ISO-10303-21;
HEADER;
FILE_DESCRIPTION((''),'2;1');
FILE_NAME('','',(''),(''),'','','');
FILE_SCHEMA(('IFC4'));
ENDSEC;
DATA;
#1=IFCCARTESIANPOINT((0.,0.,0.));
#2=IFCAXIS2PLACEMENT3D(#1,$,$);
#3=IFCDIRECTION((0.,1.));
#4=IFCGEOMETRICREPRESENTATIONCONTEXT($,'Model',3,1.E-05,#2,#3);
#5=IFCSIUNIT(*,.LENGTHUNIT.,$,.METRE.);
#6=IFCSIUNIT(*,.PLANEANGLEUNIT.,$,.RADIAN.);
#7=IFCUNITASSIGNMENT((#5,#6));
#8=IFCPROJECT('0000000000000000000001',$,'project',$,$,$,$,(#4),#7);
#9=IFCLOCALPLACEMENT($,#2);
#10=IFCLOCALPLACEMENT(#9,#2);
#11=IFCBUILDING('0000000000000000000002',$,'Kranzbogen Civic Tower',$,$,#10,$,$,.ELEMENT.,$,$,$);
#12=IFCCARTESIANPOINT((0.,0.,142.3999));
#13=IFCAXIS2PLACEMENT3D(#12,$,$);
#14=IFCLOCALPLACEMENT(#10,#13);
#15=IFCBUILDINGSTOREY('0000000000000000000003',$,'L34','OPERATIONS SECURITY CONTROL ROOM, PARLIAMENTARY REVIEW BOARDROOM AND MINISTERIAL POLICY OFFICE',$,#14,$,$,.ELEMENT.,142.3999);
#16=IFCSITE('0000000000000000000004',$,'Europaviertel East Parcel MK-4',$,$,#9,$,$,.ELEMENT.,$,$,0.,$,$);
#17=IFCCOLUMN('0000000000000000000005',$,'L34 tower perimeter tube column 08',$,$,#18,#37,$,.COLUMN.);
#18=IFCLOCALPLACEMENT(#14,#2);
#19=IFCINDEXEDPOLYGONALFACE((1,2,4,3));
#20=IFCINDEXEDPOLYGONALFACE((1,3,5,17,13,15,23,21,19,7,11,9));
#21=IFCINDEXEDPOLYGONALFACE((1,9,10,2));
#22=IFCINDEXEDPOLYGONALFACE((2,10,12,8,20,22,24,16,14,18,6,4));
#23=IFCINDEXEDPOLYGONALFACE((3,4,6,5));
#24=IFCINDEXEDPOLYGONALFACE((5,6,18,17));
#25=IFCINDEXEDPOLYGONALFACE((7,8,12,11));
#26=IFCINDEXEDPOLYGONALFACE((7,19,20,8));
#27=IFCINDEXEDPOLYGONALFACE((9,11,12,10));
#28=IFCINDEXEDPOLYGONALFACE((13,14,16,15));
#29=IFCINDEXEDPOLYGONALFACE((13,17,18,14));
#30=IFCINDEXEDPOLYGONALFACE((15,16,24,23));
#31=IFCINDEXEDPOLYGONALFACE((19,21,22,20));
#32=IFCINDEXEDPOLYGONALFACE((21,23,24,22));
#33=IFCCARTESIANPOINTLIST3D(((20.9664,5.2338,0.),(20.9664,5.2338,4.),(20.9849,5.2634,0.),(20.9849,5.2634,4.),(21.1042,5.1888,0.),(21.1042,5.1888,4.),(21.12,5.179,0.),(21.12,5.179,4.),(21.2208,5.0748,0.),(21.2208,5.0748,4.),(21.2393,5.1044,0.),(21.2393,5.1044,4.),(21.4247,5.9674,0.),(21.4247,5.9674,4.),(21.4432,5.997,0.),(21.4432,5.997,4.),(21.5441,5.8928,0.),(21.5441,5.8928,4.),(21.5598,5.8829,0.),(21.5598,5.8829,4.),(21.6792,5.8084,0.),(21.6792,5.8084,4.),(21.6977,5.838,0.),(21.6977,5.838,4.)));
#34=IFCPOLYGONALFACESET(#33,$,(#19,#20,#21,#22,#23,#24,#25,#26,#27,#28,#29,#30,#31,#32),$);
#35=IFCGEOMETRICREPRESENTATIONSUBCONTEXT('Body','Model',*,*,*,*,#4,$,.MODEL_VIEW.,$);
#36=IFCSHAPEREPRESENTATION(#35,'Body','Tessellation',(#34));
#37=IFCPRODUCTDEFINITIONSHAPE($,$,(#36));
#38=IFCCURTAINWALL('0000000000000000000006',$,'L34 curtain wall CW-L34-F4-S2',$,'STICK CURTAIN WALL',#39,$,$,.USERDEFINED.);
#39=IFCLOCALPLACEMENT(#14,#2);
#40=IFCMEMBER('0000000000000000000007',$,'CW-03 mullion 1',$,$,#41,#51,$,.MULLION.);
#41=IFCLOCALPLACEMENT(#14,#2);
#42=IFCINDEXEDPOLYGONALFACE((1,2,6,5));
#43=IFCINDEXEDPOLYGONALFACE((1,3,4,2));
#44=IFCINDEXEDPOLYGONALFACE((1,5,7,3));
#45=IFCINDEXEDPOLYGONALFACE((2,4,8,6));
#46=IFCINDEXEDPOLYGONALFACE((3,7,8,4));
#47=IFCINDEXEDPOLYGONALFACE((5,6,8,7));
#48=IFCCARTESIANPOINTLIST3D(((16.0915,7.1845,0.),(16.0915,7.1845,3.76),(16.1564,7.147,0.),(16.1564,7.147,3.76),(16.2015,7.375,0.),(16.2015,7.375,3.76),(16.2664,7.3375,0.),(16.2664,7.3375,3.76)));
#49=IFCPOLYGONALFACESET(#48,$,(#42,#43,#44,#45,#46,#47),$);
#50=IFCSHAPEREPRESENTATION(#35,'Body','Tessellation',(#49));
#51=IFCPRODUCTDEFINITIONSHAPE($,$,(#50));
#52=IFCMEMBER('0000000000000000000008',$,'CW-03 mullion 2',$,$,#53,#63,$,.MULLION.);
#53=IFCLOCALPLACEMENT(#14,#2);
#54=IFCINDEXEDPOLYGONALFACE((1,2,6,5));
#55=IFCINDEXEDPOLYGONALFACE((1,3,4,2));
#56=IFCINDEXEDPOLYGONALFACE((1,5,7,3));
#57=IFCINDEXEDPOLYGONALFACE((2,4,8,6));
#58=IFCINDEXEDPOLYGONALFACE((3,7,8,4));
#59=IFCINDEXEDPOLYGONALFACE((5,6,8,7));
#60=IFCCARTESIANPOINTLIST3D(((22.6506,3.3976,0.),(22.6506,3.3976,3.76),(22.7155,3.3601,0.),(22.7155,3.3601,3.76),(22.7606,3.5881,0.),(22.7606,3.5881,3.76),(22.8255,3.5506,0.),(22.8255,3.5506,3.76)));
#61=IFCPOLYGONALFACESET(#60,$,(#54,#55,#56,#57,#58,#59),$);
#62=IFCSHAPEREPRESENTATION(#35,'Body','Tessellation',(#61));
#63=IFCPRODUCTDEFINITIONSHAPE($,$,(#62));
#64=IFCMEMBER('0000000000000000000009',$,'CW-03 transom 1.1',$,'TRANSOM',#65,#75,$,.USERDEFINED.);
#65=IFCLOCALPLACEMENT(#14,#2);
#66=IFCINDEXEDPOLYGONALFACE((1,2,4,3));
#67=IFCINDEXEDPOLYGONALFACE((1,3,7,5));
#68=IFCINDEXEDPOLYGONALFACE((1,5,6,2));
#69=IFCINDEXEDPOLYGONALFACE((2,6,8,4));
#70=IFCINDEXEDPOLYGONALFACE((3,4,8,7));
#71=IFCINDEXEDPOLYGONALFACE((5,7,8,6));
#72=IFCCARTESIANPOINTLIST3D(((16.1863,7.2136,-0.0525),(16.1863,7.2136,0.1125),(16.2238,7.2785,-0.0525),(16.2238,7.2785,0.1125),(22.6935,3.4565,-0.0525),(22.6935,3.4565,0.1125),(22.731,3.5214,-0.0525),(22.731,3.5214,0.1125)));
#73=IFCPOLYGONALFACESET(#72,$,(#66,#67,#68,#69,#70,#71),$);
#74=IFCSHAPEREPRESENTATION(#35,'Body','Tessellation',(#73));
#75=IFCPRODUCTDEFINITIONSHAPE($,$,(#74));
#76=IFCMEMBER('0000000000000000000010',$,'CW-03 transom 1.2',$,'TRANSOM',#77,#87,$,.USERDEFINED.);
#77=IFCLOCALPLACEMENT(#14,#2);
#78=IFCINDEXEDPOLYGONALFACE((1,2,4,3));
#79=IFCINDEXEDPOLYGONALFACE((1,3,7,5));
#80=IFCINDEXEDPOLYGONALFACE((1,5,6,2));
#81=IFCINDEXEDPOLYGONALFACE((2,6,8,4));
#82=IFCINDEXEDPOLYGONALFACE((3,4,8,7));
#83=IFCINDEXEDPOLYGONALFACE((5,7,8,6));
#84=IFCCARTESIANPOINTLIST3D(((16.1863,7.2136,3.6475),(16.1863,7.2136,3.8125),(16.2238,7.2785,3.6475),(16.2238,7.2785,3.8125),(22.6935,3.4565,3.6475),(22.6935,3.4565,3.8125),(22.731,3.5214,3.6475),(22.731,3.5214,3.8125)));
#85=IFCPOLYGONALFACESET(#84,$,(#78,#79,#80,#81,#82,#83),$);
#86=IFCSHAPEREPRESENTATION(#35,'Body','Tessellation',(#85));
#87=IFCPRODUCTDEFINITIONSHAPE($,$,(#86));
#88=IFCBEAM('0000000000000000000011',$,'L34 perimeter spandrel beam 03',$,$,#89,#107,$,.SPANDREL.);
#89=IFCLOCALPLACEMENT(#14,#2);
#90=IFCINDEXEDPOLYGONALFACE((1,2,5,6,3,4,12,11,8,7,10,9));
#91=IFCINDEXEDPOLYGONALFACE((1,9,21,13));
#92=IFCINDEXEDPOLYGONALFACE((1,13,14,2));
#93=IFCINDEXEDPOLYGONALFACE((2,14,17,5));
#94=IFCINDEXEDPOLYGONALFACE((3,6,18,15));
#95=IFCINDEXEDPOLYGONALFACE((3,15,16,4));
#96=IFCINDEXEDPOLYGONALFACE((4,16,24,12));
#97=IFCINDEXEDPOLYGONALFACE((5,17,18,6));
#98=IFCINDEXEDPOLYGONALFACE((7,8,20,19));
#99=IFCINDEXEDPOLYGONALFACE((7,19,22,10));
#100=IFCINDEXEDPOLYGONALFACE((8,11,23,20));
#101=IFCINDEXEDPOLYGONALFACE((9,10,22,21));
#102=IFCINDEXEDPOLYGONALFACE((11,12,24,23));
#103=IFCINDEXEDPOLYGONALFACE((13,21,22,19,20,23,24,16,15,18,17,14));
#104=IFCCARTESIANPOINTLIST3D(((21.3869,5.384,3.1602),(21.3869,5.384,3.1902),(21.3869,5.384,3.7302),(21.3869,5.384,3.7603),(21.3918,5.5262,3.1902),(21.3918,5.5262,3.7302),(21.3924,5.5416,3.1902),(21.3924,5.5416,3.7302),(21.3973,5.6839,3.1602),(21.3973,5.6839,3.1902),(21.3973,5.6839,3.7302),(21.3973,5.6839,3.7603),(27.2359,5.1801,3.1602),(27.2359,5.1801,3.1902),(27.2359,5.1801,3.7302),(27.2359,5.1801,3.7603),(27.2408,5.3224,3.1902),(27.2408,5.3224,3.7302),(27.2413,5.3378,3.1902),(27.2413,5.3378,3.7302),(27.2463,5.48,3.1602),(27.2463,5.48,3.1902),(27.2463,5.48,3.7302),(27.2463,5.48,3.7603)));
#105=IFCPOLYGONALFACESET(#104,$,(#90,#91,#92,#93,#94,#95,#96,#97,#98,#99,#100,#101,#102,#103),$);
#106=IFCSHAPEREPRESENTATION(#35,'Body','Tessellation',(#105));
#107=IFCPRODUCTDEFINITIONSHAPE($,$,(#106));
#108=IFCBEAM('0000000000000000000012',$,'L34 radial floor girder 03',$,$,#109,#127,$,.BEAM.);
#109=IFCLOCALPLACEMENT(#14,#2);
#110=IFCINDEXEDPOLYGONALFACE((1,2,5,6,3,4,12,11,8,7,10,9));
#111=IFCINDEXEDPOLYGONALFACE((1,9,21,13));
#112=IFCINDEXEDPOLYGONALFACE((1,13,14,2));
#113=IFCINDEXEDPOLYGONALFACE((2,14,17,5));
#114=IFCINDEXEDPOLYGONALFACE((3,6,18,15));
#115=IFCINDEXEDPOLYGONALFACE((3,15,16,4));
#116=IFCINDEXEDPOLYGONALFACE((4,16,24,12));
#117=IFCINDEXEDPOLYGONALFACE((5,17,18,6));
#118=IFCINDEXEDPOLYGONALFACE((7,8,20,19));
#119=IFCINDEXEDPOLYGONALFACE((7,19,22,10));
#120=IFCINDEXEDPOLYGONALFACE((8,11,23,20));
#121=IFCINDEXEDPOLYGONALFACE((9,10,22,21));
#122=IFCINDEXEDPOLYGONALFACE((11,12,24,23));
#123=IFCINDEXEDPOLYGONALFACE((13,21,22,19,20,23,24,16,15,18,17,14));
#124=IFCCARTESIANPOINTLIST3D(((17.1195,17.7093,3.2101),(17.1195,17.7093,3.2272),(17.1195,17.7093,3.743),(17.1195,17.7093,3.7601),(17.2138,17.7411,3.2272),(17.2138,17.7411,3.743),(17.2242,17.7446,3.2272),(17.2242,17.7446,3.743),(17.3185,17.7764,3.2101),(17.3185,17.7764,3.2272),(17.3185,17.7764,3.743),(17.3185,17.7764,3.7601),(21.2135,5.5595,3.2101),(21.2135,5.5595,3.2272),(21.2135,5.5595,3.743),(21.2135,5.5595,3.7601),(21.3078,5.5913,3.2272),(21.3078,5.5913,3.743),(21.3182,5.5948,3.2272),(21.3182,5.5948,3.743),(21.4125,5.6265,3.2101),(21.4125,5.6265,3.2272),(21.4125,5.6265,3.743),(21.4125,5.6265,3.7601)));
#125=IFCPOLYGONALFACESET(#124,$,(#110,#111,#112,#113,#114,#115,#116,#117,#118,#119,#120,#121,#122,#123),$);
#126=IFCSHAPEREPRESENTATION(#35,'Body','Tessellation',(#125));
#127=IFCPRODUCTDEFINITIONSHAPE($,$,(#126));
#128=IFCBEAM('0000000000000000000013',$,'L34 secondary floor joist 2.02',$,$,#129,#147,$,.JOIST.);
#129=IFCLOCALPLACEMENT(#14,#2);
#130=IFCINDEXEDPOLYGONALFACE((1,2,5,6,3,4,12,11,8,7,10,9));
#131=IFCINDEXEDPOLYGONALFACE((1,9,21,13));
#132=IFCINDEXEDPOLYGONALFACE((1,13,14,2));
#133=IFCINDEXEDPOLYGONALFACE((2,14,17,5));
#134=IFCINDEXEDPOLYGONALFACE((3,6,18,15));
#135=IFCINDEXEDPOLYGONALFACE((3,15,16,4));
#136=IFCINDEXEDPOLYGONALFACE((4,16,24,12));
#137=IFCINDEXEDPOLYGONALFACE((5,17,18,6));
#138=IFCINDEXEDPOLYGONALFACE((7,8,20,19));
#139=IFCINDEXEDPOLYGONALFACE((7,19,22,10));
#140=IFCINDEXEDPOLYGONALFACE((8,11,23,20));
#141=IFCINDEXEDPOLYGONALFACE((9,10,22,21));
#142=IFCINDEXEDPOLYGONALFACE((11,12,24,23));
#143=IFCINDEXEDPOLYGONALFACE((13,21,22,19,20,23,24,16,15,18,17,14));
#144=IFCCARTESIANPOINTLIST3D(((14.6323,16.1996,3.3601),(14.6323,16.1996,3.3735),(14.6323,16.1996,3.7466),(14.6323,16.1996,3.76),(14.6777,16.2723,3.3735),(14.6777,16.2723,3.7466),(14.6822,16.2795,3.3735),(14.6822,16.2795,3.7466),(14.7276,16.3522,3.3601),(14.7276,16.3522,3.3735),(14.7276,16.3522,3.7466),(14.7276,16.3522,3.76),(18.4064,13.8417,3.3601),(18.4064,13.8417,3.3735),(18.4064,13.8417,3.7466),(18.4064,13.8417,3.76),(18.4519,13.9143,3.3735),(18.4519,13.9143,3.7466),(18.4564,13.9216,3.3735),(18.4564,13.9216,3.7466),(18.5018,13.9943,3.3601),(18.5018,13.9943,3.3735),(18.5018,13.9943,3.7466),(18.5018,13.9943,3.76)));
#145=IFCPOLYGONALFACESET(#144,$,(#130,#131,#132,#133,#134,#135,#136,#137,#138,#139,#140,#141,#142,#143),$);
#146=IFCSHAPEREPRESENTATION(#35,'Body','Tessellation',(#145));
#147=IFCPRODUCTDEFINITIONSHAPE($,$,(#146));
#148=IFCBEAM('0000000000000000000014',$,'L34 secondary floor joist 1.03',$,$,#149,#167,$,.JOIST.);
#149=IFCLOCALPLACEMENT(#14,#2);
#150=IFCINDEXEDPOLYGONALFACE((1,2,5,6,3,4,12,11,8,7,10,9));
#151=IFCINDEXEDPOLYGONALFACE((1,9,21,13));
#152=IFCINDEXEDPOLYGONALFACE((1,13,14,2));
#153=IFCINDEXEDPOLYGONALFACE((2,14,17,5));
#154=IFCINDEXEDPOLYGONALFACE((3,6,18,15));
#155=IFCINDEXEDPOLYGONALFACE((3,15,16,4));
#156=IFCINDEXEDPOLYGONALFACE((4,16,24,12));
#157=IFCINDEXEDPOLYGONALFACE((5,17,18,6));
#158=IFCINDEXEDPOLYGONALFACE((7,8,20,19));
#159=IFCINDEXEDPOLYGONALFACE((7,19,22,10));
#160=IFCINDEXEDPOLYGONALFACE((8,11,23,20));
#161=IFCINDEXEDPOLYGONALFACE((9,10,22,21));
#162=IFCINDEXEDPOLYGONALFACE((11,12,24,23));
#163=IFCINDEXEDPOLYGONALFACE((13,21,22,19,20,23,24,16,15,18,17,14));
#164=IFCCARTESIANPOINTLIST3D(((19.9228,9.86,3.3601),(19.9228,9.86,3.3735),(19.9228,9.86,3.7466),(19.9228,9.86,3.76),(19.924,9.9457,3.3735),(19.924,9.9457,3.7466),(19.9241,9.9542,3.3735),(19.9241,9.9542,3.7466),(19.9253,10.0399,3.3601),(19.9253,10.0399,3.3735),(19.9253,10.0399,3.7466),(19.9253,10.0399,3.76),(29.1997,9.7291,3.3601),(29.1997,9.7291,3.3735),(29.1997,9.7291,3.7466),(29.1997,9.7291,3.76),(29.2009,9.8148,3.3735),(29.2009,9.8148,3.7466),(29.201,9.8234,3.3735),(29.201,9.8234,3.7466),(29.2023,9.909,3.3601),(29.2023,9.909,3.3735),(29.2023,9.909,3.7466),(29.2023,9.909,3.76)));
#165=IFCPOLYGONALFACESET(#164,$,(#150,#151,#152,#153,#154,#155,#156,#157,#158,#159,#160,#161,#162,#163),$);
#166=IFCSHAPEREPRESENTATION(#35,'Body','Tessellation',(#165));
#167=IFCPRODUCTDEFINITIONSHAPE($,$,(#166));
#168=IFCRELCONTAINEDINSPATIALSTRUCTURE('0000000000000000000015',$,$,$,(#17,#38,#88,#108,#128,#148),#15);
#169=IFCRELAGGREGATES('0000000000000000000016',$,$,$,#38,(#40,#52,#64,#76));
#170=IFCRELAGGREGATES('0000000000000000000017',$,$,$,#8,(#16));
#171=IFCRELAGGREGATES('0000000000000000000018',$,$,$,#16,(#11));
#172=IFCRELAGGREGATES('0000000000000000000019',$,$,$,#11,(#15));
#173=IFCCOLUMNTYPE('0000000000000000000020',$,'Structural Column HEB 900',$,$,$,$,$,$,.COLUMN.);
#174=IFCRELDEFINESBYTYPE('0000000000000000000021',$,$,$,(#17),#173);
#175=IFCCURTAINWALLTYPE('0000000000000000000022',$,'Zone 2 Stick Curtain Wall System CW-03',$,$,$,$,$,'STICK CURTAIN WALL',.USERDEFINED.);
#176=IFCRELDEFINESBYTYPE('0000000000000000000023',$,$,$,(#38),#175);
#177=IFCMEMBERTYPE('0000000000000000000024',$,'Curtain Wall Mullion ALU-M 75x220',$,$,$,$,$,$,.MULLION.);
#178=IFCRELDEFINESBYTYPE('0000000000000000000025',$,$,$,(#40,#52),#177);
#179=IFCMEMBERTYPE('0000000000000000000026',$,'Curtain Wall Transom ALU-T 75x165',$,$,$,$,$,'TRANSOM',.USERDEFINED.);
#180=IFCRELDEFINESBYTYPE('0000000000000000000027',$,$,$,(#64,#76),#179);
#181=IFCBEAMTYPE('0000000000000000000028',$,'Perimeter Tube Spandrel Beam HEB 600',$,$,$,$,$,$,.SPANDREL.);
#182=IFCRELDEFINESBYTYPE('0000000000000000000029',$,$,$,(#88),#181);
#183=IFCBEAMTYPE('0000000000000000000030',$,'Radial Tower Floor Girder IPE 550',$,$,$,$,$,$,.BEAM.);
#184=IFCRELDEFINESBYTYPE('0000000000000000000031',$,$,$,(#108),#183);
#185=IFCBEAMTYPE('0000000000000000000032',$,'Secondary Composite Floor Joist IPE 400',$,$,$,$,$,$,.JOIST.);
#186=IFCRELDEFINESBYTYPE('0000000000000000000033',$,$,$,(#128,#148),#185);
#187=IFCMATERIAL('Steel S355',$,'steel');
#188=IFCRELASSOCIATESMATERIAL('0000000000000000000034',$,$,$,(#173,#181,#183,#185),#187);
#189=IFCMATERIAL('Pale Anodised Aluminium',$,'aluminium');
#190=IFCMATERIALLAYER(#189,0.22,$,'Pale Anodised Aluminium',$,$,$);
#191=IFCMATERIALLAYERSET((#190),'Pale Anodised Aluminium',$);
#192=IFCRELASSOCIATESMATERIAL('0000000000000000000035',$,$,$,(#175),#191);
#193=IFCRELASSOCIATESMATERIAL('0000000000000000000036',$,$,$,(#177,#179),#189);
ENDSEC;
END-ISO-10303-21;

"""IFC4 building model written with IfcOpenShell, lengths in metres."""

from ifc_helpers import new_model, si_unit, direction, frame, origin, origin_2d, place, context, subcontext, project, spatial, rectangle, i_section, extrude, material, layer, layer_set, material_profile, profile_set, type_object, element, aggregate, save


model = new_model("IFC4")

# Units and contexts
model_context = context("Model", 3, precision=1e-05, world=origin(), true_north=direction((0.0, 1.0)))
body_context = subcontext(model_context, "Body", "Model", "MODEL_VIEW")
ifc_project = project(units=[si_unit("LENGTHUNIT", "METRE"), si_unit("PLANEANGLEUNIT", "RADIAN")], contexts=[model_context])

# Site, building, storey
site_placement = place(None, origin())
site = spatial("IfcSite", under=ifc_project, at=site_placement, Name="Europaviertel East Parcel MK-4", CompositionType="ELEMENT", RefElevation=0.0)
building_placement = place(site_placement, origin())
building = spatial("IfcBuilding", under=site, at=building_placement, Name="Kranzbogen Civic Tower", CompositionType="ELEMENT")
storey_placement = place(building_placement, frame((0.0, 0.0, 142.3999)))
storey = spatial("IfcBuildingStorey", under=building, at=storey_placement, Name="L34", Description="OPERATIONS SECURITY CONTROL ROOM, PARLIAMENTARY REVIEW BOARDROOM AND MINISTERIAL POLICY OFFICE", CompositionType="ELEMENT", Elevation=142.3999)

# Column
ifc_material_1 = material(Name="Steel S355", Category="steel")
ifc_material_profile_1 = material_profile(ifc_material_1, i_section(OverallWidth=0.3, OverallDepth=0.8999, WebThickness=0.0186, FlangeThickness=0.0349, at=origin_2d()), Name="HEB 900")
ifc_profile_set_1 = profile_set([ifc_material_profile_1], Name="Steel S355")
column_type = type_object("IfcColumnType", Name="Structural Column HEB 900", PredefinedType="COLUMN", material=ifc_profile_set_1)
column_placement = place(storey_placement, frame((21.332, 5.5359, 0.0), z_axis=(0.0, 0.0, 1.0), x_axis=(-0.848048, 0.529919, 0.0)))
element("IfcColumn", 1, at=column_placement, inside=storey, type_object=column_type, Name="L34 tower perimeter tube column 08", PredefinedType="COLUMN", context=body_context, shape_type="SweptSolid", body=[
    extrude(i_section(OverallWidth=0.3, OverallDepth=0.8999, WebThickness=0.0186, FlangeThickness=0.0349, at=origin_2d()), origin(), (0.0, 0.0, 1.0), 4.0),
])

# Curtain wall, members
ifc_material_2 = material(Name="Pale Anodised Aluminium", Category="aluminium")
ifc_layer_1 = layer(ifc_material_2, 0.22, Name="Pale Anodised Aluminium")
ifc_layer_set_1 = layer_set([ifc_layer_1], Name="Pale Anodised Aluminium")
curtain_wall_type = type_object("IfcCurtainWallType", Name="Zone 2 Stick Curtain Wall System CW-03", ElementType="STICK CURTAIN WALL", PredefinedType="USERDEFINED", material=ifc_layer_set_1)
curtain_wall_placement = place(storey_placement, origin())
curtain_wall = element("IfcCurtainWall", 2, at=curtain_wall_placement, inside=storey, type_object=curtain_wall_type, Name="L34 curtain wall CW-L34-F4-S2", ObjectType="STICK CURTAIN WALL", PredefinedType="USERDEFINED")
ifc_material_profile_2 = material_profile(ifc_material_2, rectangle(XDim=0.075, YDim=0.22, at=origin_2d()), Name="ALU-M 75x220")
ifc_profile_set_2 = profile_set([ifc_material_profile_2], Name="Pale Anodised Aluminium")
member_type_1 = type_object("IfcMemberType", Name="Curtain Wall Mullion ALU-M 75x220", PredefinedType="MULLION", material=ifc_profile_set_2)
member_1_placement = place(storey_placement, frame((16.179, 7.261, 0.0), z_axis=(0.0, 0.0, 1.0), x_axis=(0.866018, -0.500013, 0.0)))
member_1 = element("IfcMember", 3, at=member_1_placement, type_object=member_type_1, Name="CW-03 mullion 1", PredefinedType="MULLION", context=body_context, shape_type="SweptSolid", body=[
    extrude(rectangle(XDim=0.075, YDim=0.22, at=origin_2d()), origin(), (0.0, 0.0, 1.0), 3.76),
])
member_2_placement = place(storey_placement, frame((22.738, 3.4741, 0.0), z_axis=(0.0, 0.0, 1.0), x_axis=(0.866018, -0.500013, 0.0)))
member_2 = element("IfcMember", 4, at=member_2_placement, type_object=member_type_1, Name="CW-03 mullion 2", PredefinedType="MULLION", context=body_context, shape_type="SweptSolid", body=[
    extrude(rectangle(XDim=0.075, YDim=0.22, at=origin_2d()), origin(), (0.0, 0.0, 1.0), 3.76),
])
ifc_material_profile_3 = material_profile(ifc_material_2, rectangle(XDim=0.075, YDim=0.165, at=origin_2d()), Name="ALU-T 75x165")
ifc_profile_set_3 = profile_set([ifc_material_profile_3], Name="Pale Anodised Aluminium")
member_type_2 = type_object("IfcMemberType", Name="Curtain Wall Transom ALU-T 75x165", ElementType="TRANSOM", PredefinedType="USERDEFINED", material=ifc_profile_set_3)
member_3_placement = place(storey_placement, frame((16.2051, 7.2461, 0.03), z_axis=(0.866013, -0.500022, 0.0), x_axis=(0.500022, 0.866013, 0.0)))
member_3 = element("IfcMember", 5, at=member_3_placement, type_object=member_type_2, Name="CW-03 transom 1.1", ObjectType="TRANSOM", PredefinedType="USERDEFINED", context=body_context, shape_type="SweptSolid", body=[
    extrude(rectangle(XDim=0.075, YDim=0.165, at=origin_2d()), origin(), (0.0, 0.0, 1.0), 7.5139),
])
member_4_placement = place(storey_placement, frame((16.2051, 7.2461, 3.73), z_axis=(0.866013, -0.500022, 0.0), x_axis=(0.500022, 0.866013, 0.0)))
member_4 = element("IfcMember", 6, at=member_4_placement, type_object=member_type_2, Name="CW-03 transom 1.2", ObjectType="TRANSOM", PredefinedType="USERDEFINED", context=body_context, shape_type="SweptSolid", body=[
    extrude(rectangle(XDim=0.075, YDim=0.165, at=origin_2d()), origin(), (0.0, 0.0, 1.0), 7.5139),
])

# Beams
ifc_material_profile_4 = material_profile(ifc_material_1, i_section(OverallWidth=0.3, OverallDepth=0.6001, WebThickness=0.0154, FlangeThickness=0.03, at=origin_2d()), Name="HEB 600")
ifc_profile_set_4 = profile_set([ifc_material_profile_4], Name="Steel S355")
beam_type_1 = type_object("IfcBeamType", Name="Perimeter Tube Spandrel Beam HEB 600", PredefinedType="SPANDREL", material=ifc_profile_set_4)
beam_1_placement = place(storey_placement, frame((21.3921, 5.5339, 3.4602), z_axis=(0.999393, -0.034833, 0.0), x_axis=(0.034833, 0.999393, 0.0)))
element("IfcBeam", 7, at=beam_1_placement, inside=storey, type_object=beam_type_1, Name="L34 perimeter spandrel beam 03", PredefinedType="SPANDREL", context=body_context, shape_type="SweptSolid", body=[
    extrude(i_section(OverallWidth=0.3, OverallDepth=0.6001, WebThickness=0.0154, FlangeThickness=0.03, at=origin_2d()), origin(), (0.0, 0.0, 1.0), 5.8525),
])
ifc_material_profile_5 = material_profile(ifc_material_1, i_section(OverallWidth=0.21, OverallDepth=0.55, WebThickness=0.011, FlangeThickness=0.0171, at=origin_2d()), Name="IPE 550")
ifc_profile_set_5 = profile_set([ifc_material_profile_5], Name="Steel S355")
beam_type_2 = type_object("IfcBeamType", Name="Radial Tower Floor Girder IPE 550", PredefinedType="BEAM", material=ifc_profile_set_5)
beam_2_placement = place(storey_placement, frame((21.313, 5.593, 3.4851), z_axis=(-0.319317, 0.947648, 0.0), x_axis=(-0.947648, -0.319317, 0.0)))
element("IfcBeam", 8, at=beam_2_placement, inside=storey, type_object=beam_type_2, Name="L34 radial floor girder 03", PredefinedType="BEAM", context=body_context, shape_type="SweptSolid", body=[
    extrude(i_section(OverallWidth=0.21, OverallDepth=0.55, WebThickness=0.011, FlangeThickness=0.0171, at=origin_2d()), origin(), (0.0, 0.0, 1.0), 12.821),
])
ifc_material_profile_6 = material_profile(ifc_material_1, i_section(OverallWidth=0.1799, OverallDepth=0.3999, WebThickness=0.0085, FlangeThickness=0.0134, at=origin_2d()), Name="IPE 400")
ifc_profile_set_6 = profile_set([ifc_material_profile_6], Name="Steel S355")
beam_type_3 = type_object("IfcBeamType", Name="Secondary Composite Floor Joist IPE 400", PredefinedType="JOIST", material=ifc_profile_set_6)
beam_3_placement = place(storey_placement, frame((14.6799, 16.2759, 3.5601), z_axis=(0.848094, -0.529846, 0.0), x_axis=(0.529846, 0.848094, 0.0)))
element("IfcBeam", 9, at=beam_3_placement, inside=storey, type_object=beam_type_3, Name="L34 secondary floor joist 2.02", PredefinedType="JOIST", context=body_context, shape_type="SweptSolid", body=[
    extrude(i_section(OverallWidth=0.1799, OverallDepth=0.3999, WebThickness=0.0085, FlangeThickness=0.0134, at=origin_2d()), origin(), (0.0, 0.0, 1.0), 4.4502),
])
beam_4_placement = place(storey_placement, frame((19.9241, 9.95, 3.5601), z_axis=(0.999901, -0.014105, 0.0), x_axis=(0.014105, 0.999901, 0.0)))
element("IfcBeam", 10, at=beam_4_placement, inside=storey, type_object=beam_type_3, Name="L34 secondary floor joist 1.03", PredefinedType="JOIST", context=body_context, shape_type="SweptSolid", body=[
    extrude(i_section(OverallWidth=0.1799, OverallDepth=0.3999, WebThickness=0.0085, FlangeThickness=0.0134, at=origin_2d()), origin(), (0.0, 0.0, 1.0), 9.2778),
])

aggregate(curtain_wall, [member_1, member_2, member_3, member_4])

save(model, "model.ifc")
